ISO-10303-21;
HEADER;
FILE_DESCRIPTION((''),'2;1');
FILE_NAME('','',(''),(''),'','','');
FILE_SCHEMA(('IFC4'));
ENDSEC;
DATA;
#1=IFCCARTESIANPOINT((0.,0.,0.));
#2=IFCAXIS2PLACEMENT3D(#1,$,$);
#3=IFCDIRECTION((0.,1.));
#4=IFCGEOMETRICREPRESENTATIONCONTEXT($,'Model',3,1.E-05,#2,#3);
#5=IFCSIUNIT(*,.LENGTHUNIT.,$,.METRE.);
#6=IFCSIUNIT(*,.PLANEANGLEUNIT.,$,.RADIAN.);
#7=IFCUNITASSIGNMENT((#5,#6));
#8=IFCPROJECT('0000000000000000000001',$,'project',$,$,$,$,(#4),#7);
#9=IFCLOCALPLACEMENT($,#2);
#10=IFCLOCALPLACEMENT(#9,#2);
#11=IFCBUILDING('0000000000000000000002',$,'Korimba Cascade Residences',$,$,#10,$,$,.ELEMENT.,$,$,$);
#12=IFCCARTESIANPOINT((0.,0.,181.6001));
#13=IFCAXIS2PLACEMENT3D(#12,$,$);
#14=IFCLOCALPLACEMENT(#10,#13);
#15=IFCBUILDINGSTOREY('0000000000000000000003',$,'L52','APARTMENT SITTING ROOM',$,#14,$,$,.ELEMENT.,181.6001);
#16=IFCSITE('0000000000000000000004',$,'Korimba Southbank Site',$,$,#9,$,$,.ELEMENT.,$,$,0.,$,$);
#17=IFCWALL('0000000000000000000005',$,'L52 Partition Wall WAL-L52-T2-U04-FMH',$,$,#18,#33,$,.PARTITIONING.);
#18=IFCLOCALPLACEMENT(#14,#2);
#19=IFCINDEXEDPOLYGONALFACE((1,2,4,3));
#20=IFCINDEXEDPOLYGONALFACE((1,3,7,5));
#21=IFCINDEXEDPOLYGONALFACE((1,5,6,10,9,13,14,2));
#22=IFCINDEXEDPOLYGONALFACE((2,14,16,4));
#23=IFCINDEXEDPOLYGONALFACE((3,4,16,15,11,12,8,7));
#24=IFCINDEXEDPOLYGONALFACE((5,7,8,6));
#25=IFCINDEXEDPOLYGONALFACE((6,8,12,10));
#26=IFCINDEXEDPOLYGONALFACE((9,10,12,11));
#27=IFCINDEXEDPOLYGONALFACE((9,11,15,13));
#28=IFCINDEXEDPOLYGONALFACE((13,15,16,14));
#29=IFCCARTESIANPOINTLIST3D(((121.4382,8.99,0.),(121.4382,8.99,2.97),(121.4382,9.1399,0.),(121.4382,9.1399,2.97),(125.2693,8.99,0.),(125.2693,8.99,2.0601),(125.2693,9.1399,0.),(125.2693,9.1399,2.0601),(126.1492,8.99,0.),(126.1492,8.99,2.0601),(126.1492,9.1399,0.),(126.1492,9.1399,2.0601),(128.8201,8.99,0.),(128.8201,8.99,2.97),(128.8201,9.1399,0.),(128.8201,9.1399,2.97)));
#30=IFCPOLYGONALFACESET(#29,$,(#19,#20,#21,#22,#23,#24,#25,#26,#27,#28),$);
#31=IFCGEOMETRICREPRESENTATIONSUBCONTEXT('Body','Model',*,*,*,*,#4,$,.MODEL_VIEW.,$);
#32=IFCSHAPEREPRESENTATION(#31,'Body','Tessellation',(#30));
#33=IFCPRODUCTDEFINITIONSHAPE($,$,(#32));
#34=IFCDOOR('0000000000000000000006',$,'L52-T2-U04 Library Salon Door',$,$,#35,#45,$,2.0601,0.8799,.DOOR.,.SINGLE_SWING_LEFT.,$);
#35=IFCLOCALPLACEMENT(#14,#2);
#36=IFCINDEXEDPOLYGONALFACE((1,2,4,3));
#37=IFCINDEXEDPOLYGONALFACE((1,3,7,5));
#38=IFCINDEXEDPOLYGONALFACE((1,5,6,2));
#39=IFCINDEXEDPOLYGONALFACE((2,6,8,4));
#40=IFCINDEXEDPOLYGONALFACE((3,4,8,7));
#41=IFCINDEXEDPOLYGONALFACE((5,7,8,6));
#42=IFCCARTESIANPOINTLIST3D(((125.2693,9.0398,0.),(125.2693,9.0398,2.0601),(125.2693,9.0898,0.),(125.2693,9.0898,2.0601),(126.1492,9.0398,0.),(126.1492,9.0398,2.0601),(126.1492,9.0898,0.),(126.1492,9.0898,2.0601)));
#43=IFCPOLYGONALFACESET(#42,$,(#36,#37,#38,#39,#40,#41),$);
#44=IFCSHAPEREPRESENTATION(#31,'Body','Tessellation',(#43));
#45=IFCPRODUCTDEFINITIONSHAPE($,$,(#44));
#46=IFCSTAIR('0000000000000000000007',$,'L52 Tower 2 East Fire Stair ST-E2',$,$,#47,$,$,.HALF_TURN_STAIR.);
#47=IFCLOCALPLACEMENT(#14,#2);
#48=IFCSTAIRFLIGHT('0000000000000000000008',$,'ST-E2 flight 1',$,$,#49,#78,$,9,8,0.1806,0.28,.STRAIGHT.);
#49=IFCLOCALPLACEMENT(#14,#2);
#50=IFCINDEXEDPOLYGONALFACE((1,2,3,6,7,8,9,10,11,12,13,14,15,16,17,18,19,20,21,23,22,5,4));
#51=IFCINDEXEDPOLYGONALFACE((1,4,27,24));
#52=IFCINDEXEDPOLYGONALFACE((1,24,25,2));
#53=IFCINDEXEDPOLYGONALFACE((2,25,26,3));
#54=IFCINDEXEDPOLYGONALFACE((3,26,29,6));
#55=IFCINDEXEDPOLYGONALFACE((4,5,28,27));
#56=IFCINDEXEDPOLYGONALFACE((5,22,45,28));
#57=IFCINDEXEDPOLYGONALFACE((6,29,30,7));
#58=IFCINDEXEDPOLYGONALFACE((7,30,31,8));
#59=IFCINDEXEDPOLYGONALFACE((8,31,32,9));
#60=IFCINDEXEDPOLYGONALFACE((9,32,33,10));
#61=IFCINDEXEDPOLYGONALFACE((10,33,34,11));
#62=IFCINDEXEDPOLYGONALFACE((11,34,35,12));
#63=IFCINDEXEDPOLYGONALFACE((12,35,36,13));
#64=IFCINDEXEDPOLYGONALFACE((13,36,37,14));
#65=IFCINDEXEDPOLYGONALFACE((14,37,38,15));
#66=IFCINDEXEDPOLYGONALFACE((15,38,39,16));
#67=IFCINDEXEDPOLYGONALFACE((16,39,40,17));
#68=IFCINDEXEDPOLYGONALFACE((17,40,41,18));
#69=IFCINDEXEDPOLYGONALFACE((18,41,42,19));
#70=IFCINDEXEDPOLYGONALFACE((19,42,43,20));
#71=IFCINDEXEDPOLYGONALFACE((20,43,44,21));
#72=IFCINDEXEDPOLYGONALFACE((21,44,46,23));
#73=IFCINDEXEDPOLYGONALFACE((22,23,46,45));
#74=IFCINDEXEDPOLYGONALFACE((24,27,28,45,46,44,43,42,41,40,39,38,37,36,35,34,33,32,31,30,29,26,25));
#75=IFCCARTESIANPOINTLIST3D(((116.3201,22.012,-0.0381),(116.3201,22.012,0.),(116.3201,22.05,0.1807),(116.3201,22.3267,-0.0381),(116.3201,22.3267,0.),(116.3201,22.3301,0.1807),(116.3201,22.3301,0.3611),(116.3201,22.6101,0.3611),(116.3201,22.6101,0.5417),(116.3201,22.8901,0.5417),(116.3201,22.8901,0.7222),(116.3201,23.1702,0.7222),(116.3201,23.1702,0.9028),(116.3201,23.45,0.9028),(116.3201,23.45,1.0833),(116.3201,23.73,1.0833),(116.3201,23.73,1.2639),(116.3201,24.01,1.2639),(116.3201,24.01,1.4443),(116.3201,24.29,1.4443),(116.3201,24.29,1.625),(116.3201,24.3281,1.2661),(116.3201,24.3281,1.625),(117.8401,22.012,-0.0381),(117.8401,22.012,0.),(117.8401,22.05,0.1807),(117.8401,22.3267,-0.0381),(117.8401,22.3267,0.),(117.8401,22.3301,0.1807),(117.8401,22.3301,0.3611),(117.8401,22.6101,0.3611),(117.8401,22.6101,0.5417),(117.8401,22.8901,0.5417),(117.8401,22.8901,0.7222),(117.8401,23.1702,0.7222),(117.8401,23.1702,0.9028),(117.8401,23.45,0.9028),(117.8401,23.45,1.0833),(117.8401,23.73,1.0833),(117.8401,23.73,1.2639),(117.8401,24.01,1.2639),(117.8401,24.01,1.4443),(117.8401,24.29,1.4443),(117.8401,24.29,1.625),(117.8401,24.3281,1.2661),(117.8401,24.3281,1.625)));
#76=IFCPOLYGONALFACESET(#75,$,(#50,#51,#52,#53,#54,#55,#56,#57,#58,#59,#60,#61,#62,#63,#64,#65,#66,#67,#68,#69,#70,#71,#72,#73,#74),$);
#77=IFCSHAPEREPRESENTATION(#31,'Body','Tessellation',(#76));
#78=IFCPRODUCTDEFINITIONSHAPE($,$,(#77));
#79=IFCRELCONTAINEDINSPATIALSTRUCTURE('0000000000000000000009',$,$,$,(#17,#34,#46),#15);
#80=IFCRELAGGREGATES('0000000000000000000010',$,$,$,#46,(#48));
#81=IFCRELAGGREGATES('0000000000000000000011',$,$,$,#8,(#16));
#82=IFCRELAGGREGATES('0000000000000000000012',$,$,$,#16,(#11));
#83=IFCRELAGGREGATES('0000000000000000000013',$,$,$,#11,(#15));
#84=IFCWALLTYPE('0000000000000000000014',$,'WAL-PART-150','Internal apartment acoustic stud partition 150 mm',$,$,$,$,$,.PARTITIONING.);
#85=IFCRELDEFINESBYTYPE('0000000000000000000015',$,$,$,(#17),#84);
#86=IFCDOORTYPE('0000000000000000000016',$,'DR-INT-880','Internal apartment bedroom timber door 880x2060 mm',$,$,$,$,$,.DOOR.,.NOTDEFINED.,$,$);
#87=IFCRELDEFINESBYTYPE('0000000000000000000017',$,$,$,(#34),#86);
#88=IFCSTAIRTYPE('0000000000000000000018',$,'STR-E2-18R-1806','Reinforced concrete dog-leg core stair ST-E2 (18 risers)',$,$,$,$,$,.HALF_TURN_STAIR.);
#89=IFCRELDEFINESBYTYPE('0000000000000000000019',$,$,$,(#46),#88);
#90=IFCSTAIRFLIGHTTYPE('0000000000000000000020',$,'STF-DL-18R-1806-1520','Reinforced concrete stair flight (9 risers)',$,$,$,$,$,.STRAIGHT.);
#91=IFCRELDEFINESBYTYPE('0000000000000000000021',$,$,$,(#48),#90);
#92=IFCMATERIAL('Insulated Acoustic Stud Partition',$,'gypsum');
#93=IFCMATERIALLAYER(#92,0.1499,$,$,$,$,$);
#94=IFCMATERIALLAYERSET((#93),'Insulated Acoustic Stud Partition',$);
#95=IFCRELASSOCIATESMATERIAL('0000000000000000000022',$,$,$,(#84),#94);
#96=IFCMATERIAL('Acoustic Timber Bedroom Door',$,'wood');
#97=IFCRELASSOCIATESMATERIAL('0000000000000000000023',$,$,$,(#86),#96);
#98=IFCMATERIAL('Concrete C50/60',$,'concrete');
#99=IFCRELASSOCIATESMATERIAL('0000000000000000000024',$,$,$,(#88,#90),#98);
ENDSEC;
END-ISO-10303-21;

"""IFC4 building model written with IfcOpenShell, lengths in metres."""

from ifc_helpers import new_model, si_unit, direction, frame, frame_2d, origin, place, context, subcontext, project, spatial, polyline, rectangle, outline, extrude, material, layer, layer_set, type_object, element, fill, aggregate, save


model = new_model("IFC4")

# Units and contexts
model_context = context("Model", 3, precision=1e-05, world=origin(), true_north=direction((0.0, 1.0)))
body_context = subcontext(model_context, "Body", "Model", "MODEL_VIEW")
ifc_project = project(units=[si_unit("LENGTHUNIT", "METRE"), si_unit("PLANEANGLEUNIT", "RADIAN")], contexts=[model_context])

# Site, building, storey
site_placement = place(None, origin())
site = spatial("IfcSite", under=ifc_project, at=site_placement, Name="Korimba Southbank Site", CompositionType="ELEMENT", RefElevation=0.0)
building_placement = place(site_placement, origin())
building = spatial("IfcBuilding", under=site, at=building_placement, Name="Korimba Cascade Residences", CompositionType="ELEMENT")
storey_placement = place(building_placement, frame((0.0, 0.0, 181.6001)))
storey = spatial("IfcBuildingStorey", under=building, at=storey_placement, Name="L52", Description="APARTMENT SITTING ROOM", CompositionType="ELEMENT", Elevation=181.6001)

# Shared definitions
ifc_material_1 = material(Name="Concrete C50/60", Category="concrete")

# Shared definitions
ifc_material_2 = material(Name="Insulated Acoustic Stud Partition", Category="gypsum")
ifc_layer_1 = layer(ifc_material_2, 0.1499)
ifc_layer_set_1 = layer_set([ifc_layer_1], Name="Insulated Acoustic Stud Partition")
wall_type_1 = type_object("IfcWallType", Name="WAL-PART-150", Description="Internal apartment acoustic stud partition 150 mm", PredefinedType="PARTITIONING", material=ifc_layer_set_1)
ifc_material_3 = material(Name="Acoustic Timber Bedroom Door", Category="wood")
door_type_1 = type_object("IfcDoorType", Name="DR-INT-880", Description="Internal apartment bedroom timber door 880x2060 mm", OperationType="NOTDEFINED", PredefinedType="DOOR", material=ifc_material_3)

# Wall, opening, door
wall_1_placement = place(storey_placement, frame((121.4382, 9.0649, 0.0), z_axis=(0.0, 0.0, 1.0), x_axis=(1.0, 0.0, 0.0)))
wall_1 = element("IfcWall", 1, at=wall_1_placement, inside=storey, type_object=wall_type_1, Name="L52 Partition Wall WAL-L52-T2-U04-FMH", PredefinedType="PARTITIONING", context=body_context, shape_type="SweptSolid", body=[
    extrude(rectangle(XDim=7.3818, YDim=0.1499, at=frame_2d((3.6909, 0.0))), origin(), (0.0, 0.0, 1.0), 2.97),
])
opening_1_placement = place(wall_1_placement, frame((3.8311, 0.0, 0.0)))
opening_1 = element("IfcOpeningElement", 2, at=opening_1_placement, cuts=wall_1, PredefinedType="OPENING", context=body_context, shape_type="SweptSolid", body=[
    extrude(rectangle(XDim=0.8799, YDim=2.0601, at=frame_2d((0.4399, 1.03))), frame((0.0, 0.085, 0.0), z_axis=(0.0, -1.0, 0.0), x_axis=(1.0, 0.0, 0.0)), (0.0, 0.0, 1.0), 0.1699),
])
door_1_placement = place(opening_1_placement, origin())
door_1 = element("IfcDoor", 3, at=door_1_placement, inside=storey, type_object=door_type_1, Name="L52-T2-U04 Library Salon Door", OperationType="SINGLE_SWING_LEFT", OverallHeight=2.0601, OverallWidth=0.8799, PredefinedType="DOOR", context=body_context, shape_type="SweptSolid", body=[
    extrude(rectangle(XDim=0.8799, YDim=2.0601, at=frame_2d((0.4399, 1.03))), frame((0.0, 0.0249, 0.0), z_axis=(0.0, -1.0, 0.0), x_axis=(1.0, 0.0, 0.0)), (0.0, 0.0, 1.0), 0.05),
])
fill(opening_1, door_1)

# Stair, stair flight
stair_type = type_object("IfcStairType", Name="STR-E2-18R-1806", Description="Reinforced concrete dog-leg core stair ST-E2 (18 risers)", PredefinedType="HALF_TURN_STAIR", material=ifc_material_1)
stair_placement = place(storey_placement, origin())
stair = element("IfcStair", 4, at=stair_placement, inside=storey, type_object=stair_type, Name="L52 Tower 2 East Fire Stair ST-E2", PredefinedType="HALF_TURN_STAIR")
stair_flight_type = type_object("IfcStairFlightType", Name="STF-DL-18R-1806-1520", Description="Reinforced concrete stair flight (9 risers)", PredefinedType="STRAIGHT", material=ifc_material_1)
stair_flight_placement = place(storey_placement, frame((117.0801, 22.05, 0.0), z_axis=(0.0, 0.0, 1.0), x_axis=(0.0, 1.0, 0.0)))
stair_flight = element("IfcStairFlight", 5, at=stair_flight_placement, type_object=stair_flight_type, Name="ST-E2 flight 1", NumberOfRisers=9, NumberOfTreads=8, PredefinedType="STRAIGHT", RiserHeight=0.1806, TreadLength=0.28, context=body_context, shape_type="SweptSolid", body=[
    extrude(outline(polyline([(-0.0381, 0.0), (0.0, 0.1807), (0.28, 0.1807), (0.28, 0.3611), (0.5601, 0.3611), (0.5601, 0.5417), (0.8401, 0.5417), (0.8401, 0.7222), (1.1201, 0.7222), (1.1201, 0.9028), (1.3999, 0.9028), (1.3999, 1.0833), (1.6799, 1.0833), (1.6799, 1.2639), (1.96, 1.2639), (1.96, 1.4443), (2.24, 1.4443), (2.24, 1.625), (2.2781, 1.625), (2.2781, 1.2661), (0.2766, 0.0), (0.2766, -0.0381), (-0.0381, -0.0381), (-0.0381, 0.0)])), frame((0.0, 0.76, 0.0), z_axis=(0.0, -1.0, 0.0), x_axis=(1.0, 0.0, 0.0)), (0.0, 0.0, 1.0), 1.52),
])
aggregate(stair, [stair_flight])

save(model, "model.ifc")
